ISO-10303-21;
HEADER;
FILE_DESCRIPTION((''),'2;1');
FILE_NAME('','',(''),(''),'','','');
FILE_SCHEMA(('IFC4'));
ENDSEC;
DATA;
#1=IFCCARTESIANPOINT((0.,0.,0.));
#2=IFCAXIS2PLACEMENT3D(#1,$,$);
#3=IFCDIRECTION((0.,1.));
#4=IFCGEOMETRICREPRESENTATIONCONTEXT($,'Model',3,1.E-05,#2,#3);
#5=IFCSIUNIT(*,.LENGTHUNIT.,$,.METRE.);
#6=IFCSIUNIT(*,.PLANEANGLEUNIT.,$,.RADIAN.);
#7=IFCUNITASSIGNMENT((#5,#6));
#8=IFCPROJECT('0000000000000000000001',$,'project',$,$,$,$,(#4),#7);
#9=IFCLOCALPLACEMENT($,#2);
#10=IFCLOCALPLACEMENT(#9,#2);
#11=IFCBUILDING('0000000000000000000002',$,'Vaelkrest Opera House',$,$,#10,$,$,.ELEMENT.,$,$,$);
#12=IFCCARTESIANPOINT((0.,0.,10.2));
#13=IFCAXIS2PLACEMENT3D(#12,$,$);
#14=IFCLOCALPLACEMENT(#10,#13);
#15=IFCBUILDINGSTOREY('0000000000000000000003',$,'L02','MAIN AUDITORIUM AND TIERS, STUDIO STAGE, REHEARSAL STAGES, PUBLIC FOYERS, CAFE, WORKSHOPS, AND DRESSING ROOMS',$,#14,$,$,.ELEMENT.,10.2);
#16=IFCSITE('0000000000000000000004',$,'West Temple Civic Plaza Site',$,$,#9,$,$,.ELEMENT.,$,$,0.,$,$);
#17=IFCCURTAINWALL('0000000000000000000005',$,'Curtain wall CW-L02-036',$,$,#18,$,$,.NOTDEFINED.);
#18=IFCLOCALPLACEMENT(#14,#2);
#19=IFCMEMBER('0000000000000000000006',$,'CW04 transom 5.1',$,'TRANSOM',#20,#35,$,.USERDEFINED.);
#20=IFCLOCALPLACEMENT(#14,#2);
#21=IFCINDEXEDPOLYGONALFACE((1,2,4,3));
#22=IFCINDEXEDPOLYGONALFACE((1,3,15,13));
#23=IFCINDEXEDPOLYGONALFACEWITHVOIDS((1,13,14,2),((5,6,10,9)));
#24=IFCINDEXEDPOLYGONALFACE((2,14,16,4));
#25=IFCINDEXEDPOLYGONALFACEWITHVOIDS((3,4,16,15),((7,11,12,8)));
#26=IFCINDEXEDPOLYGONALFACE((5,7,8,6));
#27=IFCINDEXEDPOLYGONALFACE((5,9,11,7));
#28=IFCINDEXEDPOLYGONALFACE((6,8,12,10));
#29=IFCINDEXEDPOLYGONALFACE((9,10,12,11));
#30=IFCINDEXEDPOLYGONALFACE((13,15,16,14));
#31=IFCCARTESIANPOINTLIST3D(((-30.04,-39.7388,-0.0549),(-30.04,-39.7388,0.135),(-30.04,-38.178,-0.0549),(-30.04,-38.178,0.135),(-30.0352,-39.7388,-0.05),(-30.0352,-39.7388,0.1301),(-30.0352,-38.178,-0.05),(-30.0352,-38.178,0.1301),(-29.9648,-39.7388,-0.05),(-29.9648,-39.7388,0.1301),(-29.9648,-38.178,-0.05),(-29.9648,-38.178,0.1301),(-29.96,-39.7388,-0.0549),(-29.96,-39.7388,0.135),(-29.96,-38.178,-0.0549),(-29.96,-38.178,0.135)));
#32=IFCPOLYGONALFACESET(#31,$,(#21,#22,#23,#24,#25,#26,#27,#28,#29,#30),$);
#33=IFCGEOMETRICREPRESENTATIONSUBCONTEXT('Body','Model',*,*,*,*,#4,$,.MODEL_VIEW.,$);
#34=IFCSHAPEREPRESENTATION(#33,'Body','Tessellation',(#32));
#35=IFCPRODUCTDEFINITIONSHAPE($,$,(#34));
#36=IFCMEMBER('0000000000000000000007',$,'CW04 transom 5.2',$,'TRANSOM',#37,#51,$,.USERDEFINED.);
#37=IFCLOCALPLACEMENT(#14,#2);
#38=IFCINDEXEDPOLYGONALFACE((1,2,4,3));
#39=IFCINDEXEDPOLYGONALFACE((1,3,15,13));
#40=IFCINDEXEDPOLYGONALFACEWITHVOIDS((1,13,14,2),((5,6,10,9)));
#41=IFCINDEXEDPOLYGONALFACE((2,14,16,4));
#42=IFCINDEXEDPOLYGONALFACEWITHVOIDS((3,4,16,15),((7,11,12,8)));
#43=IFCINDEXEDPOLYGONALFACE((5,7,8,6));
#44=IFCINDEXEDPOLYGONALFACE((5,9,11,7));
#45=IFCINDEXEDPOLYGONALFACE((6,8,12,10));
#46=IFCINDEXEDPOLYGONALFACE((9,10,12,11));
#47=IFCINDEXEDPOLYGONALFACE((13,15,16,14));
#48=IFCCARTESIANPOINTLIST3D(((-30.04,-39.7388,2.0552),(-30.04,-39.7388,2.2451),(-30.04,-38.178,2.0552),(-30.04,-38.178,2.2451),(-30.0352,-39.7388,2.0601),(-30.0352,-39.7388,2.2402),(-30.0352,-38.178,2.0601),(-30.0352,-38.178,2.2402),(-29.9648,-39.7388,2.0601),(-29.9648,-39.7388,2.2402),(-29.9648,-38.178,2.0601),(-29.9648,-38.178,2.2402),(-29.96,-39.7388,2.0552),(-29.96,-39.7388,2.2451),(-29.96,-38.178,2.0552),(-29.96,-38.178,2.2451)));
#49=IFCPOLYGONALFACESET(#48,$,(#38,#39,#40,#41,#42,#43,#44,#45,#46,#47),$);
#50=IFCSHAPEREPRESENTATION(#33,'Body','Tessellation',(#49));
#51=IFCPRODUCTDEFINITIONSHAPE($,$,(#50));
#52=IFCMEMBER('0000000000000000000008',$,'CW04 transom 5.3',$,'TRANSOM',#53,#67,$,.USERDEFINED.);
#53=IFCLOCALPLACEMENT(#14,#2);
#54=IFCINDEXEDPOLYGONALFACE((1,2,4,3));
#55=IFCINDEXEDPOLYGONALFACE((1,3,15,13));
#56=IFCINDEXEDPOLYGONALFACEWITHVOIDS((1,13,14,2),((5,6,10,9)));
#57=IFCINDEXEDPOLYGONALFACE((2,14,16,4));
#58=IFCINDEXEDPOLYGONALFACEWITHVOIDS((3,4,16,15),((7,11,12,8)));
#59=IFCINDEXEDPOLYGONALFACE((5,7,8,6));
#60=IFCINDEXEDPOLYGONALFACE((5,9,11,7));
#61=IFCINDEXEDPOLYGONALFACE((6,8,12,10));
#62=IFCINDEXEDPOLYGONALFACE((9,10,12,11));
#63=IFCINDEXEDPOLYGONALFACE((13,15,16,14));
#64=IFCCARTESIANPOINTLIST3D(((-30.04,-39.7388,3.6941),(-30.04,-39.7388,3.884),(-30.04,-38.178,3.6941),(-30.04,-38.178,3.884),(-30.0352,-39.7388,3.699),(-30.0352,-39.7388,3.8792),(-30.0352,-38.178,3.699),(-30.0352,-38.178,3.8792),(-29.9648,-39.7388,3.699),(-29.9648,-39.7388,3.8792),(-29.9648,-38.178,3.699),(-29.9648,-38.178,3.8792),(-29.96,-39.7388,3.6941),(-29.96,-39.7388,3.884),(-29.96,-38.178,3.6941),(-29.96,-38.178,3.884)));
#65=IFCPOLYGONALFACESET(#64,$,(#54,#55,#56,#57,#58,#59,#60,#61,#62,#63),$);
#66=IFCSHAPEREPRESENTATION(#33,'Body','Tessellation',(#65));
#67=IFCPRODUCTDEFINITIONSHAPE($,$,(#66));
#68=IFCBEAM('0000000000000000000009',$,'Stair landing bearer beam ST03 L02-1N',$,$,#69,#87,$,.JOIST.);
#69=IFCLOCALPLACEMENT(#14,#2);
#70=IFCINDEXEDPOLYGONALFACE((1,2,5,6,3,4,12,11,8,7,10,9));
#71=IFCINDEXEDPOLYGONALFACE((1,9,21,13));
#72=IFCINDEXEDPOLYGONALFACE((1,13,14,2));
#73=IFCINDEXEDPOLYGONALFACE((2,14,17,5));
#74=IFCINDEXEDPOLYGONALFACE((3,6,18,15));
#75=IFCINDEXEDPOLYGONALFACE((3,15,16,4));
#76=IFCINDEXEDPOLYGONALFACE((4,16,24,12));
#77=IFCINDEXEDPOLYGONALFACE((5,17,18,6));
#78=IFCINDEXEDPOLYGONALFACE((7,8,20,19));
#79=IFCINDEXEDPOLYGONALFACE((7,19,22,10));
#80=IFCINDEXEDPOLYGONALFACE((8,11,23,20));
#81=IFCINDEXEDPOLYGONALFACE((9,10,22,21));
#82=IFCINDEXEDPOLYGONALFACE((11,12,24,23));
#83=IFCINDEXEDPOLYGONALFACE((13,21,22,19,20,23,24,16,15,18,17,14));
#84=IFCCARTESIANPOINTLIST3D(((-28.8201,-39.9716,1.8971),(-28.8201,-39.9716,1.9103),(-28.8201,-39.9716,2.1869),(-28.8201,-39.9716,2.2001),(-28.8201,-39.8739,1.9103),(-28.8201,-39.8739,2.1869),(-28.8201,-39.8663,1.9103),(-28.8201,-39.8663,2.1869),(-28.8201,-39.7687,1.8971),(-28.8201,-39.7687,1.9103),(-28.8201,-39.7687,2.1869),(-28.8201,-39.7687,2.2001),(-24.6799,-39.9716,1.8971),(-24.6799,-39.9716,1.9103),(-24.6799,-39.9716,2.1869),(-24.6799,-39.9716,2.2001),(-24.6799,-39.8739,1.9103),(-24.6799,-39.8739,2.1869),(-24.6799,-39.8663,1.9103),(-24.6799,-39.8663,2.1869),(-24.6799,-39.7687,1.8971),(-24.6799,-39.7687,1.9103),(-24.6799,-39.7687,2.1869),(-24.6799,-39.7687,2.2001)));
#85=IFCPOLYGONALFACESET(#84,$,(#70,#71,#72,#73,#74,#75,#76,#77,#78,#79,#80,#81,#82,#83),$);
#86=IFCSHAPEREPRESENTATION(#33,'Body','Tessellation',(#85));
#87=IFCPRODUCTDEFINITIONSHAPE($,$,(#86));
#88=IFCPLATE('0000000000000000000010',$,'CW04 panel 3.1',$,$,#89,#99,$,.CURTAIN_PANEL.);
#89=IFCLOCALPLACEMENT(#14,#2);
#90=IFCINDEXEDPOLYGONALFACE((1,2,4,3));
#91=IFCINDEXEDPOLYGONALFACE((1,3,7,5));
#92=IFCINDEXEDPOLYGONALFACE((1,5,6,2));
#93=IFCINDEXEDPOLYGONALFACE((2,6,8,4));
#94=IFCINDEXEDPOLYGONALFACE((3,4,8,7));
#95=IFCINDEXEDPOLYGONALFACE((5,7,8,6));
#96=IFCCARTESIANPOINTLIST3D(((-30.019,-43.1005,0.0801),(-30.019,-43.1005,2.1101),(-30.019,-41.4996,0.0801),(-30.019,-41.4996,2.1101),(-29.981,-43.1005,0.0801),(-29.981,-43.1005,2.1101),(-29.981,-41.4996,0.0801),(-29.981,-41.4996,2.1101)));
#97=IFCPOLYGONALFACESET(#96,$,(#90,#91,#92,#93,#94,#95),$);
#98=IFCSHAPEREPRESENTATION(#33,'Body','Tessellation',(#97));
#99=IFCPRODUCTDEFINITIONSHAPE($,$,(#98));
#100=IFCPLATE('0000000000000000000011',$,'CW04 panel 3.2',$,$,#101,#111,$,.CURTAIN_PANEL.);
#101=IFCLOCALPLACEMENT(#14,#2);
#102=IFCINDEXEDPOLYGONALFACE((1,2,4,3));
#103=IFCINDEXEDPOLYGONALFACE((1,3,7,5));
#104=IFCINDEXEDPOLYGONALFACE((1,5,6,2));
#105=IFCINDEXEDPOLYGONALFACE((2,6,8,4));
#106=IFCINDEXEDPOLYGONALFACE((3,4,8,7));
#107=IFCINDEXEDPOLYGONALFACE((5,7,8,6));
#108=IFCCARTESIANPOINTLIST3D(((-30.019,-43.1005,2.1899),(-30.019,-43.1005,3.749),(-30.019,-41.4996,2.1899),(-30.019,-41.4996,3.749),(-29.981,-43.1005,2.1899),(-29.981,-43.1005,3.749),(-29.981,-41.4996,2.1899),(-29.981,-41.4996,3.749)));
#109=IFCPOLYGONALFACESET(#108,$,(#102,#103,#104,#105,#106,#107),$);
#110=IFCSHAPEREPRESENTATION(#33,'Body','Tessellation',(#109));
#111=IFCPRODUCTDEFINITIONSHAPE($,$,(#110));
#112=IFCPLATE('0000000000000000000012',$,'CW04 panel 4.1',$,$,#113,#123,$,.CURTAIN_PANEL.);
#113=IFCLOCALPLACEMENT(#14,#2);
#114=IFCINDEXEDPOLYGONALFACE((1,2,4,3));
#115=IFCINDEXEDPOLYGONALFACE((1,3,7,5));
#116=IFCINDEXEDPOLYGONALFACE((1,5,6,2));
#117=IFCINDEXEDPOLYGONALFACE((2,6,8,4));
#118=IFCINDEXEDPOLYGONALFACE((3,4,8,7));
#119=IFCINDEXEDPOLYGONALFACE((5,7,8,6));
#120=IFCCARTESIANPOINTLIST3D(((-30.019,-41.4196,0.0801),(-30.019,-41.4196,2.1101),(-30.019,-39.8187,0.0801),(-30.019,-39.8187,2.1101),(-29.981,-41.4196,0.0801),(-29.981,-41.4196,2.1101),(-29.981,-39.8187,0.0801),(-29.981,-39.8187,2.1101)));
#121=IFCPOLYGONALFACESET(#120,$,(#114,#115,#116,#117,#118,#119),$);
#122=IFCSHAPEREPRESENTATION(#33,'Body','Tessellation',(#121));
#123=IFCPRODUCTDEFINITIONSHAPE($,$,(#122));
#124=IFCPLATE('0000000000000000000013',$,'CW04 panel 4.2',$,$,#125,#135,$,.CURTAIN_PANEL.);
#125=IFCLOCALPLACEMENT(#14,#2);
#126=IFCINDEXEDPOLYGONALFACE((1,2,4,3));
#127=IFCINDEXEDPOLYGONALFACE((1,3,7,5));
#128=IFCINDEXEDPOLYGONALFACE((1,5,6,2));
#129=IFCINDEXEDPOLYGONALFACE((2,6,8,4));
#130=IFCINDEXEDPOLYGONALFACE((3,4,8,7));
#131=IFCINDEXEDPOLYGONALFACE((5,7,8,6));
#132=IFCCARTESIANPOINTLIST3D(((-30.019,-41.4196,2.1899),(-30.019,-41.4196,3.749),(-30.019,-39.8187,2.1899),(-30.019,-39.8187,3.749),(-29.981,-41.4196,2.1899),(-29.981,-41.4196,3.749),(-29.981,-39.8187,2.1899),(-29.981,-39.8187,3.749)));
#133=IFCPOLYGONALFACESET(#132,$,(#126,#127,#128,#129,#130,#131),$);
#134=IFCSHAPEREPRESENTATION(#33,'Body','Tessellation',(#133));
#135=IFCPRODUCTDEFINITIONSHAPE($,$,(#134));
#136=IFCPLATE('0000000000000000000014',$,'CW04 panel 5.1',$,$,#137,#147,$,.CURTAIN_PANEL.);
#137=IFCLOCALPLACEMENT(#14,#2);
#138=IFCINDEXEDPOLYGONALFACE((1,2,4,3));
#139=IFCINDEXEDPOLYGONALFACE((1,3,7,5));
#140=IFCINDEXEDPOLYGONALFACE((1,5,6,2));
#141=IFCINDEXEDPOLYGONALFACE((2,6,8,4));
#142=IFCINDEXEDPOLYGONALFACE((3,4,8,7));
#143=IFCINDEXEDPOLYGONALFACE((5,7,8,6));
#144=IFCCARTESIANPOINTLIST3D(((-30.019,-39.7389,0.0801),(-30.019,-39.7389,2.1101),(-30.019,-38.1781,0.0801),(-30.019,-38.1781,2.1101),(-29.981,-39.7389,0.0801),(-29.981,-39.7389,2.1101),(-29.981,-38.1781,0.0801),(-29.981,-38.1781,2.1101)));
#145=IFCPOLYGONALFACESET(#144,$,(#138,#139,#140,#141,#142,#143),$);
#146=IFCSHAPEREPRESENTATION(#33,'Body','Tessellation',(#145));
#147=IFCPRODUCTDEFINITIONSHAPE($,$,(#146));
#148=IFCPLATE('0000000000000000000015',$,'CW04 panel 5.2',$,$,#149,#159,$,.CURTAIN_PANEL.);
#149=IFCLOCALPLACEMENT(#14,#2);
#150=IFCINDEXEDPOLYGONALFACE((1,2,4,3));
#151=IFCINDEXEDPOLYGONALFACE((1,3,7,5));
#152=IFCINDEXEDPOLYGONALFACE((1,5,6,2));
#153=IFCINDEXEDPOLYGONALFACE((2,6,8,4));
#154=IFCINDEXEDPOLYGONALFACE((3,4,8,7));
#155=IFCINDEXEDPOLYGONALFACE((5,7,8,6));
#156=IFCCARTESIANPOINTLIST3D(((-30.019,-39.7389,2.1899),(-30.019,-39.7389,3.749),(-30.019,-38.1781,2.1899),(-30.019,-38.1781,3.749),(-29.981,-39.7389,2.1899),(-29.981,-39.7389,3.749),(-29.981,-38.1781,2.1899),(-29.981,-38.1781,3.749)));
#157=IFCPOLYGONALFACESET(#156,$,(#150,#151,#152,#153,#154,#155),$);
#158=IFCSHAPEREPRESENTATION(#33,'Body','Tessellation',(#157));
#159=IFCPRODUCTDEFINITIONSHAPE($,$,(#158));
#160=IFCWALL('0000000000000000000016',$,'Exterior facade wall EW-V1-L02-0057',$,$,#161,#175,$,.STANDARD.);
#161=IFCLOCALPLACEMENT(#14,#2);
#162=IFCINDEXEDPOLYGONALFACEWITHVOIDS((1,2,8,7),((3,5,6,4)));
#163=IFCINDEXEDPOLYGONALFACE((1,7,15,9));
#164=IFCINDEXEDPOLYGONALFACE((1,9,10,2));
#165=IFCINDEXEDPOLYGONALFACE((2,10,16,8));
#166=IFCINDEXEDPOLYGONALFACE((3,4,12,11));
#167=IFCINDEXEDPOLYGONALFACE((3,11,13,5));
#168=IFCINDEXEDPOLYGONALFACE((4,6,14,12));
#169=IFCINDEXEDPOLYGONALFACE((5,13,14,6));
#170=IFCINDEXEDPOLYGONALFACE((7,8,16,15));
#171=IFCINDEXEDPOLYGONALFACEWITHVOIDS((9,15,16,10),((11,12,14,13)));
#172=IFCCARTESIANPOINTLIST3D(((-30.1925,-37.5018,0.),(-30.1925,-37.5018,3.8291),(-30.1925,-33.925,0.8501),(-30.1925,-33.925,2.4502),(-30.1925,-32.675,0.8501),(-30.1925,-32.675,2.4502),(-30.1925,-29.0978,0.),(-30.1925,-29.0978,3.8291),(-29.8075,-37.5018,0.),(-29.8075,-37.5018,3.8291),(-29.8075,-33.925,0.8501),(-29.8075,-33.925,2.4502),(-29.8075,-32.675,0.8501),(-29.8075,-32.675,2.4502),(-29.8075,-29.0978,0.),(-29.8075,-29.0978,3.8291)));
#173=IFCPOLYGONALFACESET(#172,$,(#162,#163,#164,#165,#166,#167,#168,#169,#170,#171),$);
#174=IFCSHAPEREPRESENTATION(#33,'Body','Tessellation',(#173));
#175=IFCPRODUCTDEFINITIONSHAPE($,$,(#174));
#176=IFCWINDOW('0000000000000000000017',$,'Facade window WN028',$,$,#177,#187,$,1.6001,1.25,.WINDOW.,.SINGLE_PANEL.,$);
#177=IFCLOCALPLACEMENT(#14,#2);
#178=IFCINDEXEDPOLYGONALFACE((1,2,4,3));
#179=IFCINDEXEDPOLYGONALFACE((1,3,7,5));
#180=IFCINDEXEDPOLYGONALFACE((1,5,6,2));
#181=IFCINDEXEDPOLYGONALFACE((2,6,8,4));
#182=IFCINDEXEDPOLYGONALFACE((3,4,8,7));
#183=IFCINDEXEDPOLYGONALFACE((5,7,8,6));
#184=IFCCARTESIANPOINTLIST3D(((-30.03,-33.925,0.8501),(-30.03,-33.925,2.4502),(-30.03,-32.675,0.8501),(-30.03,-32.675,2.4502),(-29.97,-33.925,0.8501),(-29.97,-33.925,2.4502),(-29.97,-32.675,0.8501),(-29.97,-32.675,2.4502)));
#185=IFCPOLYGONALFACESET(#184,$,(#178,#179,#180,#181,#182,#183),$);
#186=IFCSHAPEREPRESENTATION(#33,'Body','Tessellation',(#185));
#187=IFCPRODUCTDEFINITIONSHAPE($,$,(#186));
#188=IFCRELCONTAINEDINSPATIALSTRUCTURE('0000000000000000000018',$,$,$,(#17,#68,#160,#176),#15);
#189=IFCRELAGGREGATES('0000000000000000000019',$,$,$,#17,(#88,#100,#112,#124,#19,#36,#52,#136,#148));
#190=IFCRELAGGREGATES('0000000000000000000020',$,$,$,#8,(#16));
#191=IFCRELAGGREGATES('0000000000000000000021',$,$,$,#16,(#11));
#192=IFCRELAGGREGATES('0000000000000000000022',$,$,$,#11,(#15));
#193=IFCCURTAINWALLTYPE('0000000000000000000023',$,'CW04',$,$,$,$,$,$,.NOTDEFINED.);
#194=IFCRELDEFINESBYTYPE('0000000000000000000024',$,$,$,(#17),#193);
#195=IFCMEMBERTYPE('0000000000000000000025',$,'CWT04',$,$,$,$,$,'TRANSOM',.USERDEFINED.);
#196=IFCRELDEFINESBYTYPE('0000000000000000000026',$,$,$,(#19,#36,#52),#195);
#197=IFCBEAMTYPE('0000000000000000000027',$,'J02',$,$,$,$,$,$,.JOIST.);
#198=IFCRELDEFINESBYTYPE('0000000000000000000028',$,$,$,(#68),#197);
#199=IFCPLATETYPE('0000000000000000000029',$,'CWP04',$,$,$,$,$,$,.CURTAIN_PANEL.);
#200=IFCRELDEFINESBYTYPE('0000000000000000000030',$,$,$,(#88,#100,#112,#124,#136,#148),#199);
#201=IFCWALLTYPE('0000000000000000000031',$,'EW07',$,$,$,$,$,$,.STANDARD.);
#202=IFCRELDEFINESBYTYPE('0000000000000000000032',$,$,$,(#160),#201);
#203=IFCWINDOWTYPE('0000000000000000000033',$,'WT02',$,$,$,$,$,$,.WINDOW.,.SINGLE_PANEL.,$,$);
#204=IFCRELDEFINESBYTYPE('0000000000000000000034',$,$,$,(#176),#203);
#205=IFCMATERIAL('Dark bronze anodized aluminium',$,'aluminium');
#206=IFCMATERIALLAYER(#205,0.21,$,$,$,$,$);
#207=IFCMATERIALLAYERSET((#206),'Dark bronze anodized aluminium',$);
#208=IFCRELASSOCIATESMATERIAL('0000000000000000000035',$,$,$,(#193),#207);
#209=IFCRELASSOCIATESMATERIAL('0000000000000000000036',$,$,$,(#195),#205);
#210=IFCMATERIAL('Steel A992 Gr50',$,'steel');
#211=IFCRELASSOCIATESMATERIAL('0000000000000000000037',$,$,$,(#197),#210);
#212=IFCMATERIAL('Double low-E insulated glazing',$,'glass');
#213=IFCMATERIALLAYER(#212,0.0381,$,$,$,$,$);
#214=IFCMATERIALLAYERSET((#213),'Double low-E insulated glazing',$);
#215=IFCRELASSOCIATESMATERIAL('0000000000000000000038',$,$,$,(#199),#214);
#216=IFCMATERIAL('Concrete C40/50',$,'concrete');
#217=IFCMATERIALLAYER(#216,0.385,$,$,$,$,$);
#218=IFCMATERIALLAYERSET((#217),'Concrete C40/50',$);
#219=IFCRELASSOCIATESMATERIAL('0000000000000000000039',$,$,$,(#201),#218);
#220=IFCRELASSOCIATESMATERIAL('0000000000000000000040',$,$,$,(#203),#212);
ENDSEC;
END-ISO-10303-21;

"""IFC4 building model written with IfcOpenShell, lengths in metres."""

from ifc_helpers import new_model, si_unit, direction, frame, frame_2d, origin, origin_2d, place, context, subcontext, project, spatial, rectangle, hollow_rectangle, i_section, extrude, material, layer, layer_set, material_profile, profile_set, type_object, element, fill, aggregate, save


model = new_model("IFC4")

# Units and contexts
model_context = context("Model", 3, precision=1e-05, world=origin(), true_north=direction((0.0, 1.0)))
body_context = subcontext(model_context, "Body", "Model", "MODEL_VIEW")
ifc_project = project(units=[si_unit("LENGTHUNIT", "METRE"), si_unit("PLANEANGLEUNIT", "RADIAN")], contexts=[model_context])

# Site, building, storey
site_placement = place(None, origin())
site = spatial("IfcSite", under=ifc_project, at=site_placement, Name="West Temple Civic Plaza Site", CompositionType="ELEMENT", RefElevation=0.0)
building_placement = place(site_placement, origin())
building = spatial("IfcBuilding", under=site, at=building_placement, Name="Vaelkrest Opera House", CompositionType="ELEMENT")
storey_placement = place(building_placement, frame((0.0, 0.0, 10.2)))
storey = spatial("IfcBuildingStorey", under=building, at=storey_placement, Name="L02", Description="MAIN AUDITORIUM AND TIERS, STUDIO STAGE, REHEARSAL STAGES, PUBLIC FOYERS, CAFE, WORKSHOPS, AND DRESSING ROOMS", CompositionType="ELEMENT", Elevation=10.2)

# Curtain wall, members
ifc_material_1 = material(Name="Dark bronze anodized aluminium", Category="aluminium")
ifc_layer_1 = layer(ifc_material_1, 0.21)
ifc_layer_set_1 = layer_set([ifc_layer_1], Name="Dark bronze anodized aluminium")
curtain_wall_type = type_object("IfcCurtainWallType", Name="CW04", PredefinedType="NOTDEFINED", material=ifc_layer_set_1)
curtain_wall_placement = place(storey_placement, origin())
curtain_wall = element("IfcCurtainWall", 1, at=curtain_wall_placement, inside=storey, type_object=curtain_wall_type, Name="Curtain wall CW-L02-036", PredefinedType="NOTDEFINED")
ifc_material_profile_1 = material_profile(ifc_material_1, hollow_rectangle(XDim=0.0801, YDim=0.1899, WallThickness=0.0049, at=origin_2d()), Name="CWT80X190")
ifc_profile_set_1 = profile_set([ifc_material_profile_1], Name="Dark bronze anodized aluminium")
member_type_1 = type_object("IfcMemberType", Name="CWT04", ElementType="TRANSOM", PredefinedType="USERDEFINED", material=ifc_profile_set_1)
member_1_placement = place(storey_placement, frame((-30.0, -39.7388, 0.04), z_axis=(0.0, 1.0, 0.0), x_axis=(-1.0, 0.0, 0.0)))
member_1 = element("IfcMember", 2, at=member_1_placement, type_object=member_type_1, Name="CW04 transom 5.1", ObjectType="TRANSOM", PredefinedType="USERDEFINED", context=body_context, shape_type="SweptSolid", body=[
    extrude(hollow_rectangle(XDim=0.0801, YDim=0.1899, WallThickness=0.0049, at=origin_2d()), origin(), (0.0, 0.0, 1.0), 1.5608),
])
member_2_placement = place(storey_placement, frame((-30.0, -39.7388, 2.1501), z_axis=(0.0, 1.0, 0.0), x_axis=(-1.0, 0.0, 0.0)))
member_2 = element("IfcMember", 3, at=member_2_placement, type_object=member_type_1, Name="CW04 transom 5.2", ObjectType="TRANSOM", PredefinedType="USERDEFINED", context=body_context, shape_type="SweptSolid", body=[
    extrude(hollow_rectangle(XDim=0.0801, YDim=0.1899, WallThickness=0.0049, at=origin_2d()), origin(), (0.0, 0.0, 1.0), 1.5608),
])
member_3_placement = place(storey_placement, frame((-30.0, -39.7388, 3.7891), z_axis=(0.0, 1.0, 0.0), x_axis=(-1.0, 0.0, 0.0)))
member_3 = element("IfcMember", 4, at=member_3_placement, type_object=member_type_1, Name="CW04 transom 5.3", ObjectType="TRANSOM", PredefinedType="USERDEFINED", context=body_context, shape_type="SweptSolid", body=[
    extrude(hollow_rectangle(XDim=0.0801, YDim=0.1899, WallThickness=0.0049, at=origin_2d()), origin(), (0.0, 0.0, 1.0), 1.5608),
])

# Beam
ifc_material_2 = material(Name="Steel A992 Gr50", Category="steel")
ifc_material_profile_2 = material_profile(ifc_material_2, i_section(OverallWidth=0.2029, OverallDepth=0.303, WebThickness=0.0076, FlangeThickness=0.0132, at=origin_2d()), Name="W12X40")
ifc_profile_set_2 = profile_set([ifc_material_profile_2], Name="Steel A992 Gr50")
beam_type = type_object("IfcBeamType", Name="J02", PredefinedType="JOIST", material=ifc_profile_set_2)
beam_placement = place(storey_placement, frame((-28.8201, -39.8701, 2.0486), z_axis=(1.0, 0.0, 0.0), x_axis=(0.0, 1.0, 0.0)))
element("IfcBeam", 5, at=beam_placement, inside=storey, type_object=beam_type, Name="Stair landing bearer beam ST03 L02-1N", PredefinedType="JOIST", context=body_context, shape_type="SweptSolid", body=[
    extrude(i_section(OverallWidth=0.2029, OverallDepth=0.303, WebThickness=0.0076, FlangeThickness=0.0132, at=origin_2d()), origin(), (0.0, 0.0, 1.0), 4.1401),
])

# Plates
ifc_material_3 = material(Name="Double low-E insulated glazing", Category="glass")
ifc_layer_2 = layer(ifc_material_3, 0.0381)
ifc_layer_set_2 = layer_set([ifc_layer_2], Name="Double low-E insulated glazing")
plate_type = type_object("IfcPlateType", Name="CWP04", PredefinedType="CURTAIN_PANEL", material=ifc_layer_set_2)
plate_1_placement = place(storey_placement, frame((-30.0, -42.3, 0.0801), z_axis=(0.0, 0.0, 1.0), x_axis=(0.0, 1.0, 0.0)))
plate_1 = element("IfcPlate", 6, at=plate_1_placement, type_object=plate_type, Name="CW04 panel 3.1", PredefinedType="CURTAIN_PANEL", context=body_context, shape_type="SweptSolid", body=[
    extrude(rectangle(XDim=1.6008, YDim=0.0381, at=origin_2d()), origin(), (0.0, 0.0, 1.0), 2.03),
])
plate_2_placement = place(storey_placement, frame((-30.0, -42.3, 2.1899), z_axis=(0.0, 0.0, 1.0), x_axis=(0.0, 1.0, 0.0)))
plate_2 = element("IfcPlate", 7, at=plate_2_placement, type_object=plate_type, Name="CW04 panel 3.2", PredefinedType="CURTAIN_PANEL", context=body_context, shape_type="SweptSolid", body=[
    extrude(rectangle(XDim=1.6008, YDim=0.0381, at=origin_2d()), origin(), (0.0, 0.0, 1.0), 1.5591),
])
plate_3_placement = place(storey_placement, frame((-30.0, -40.6191, 0.0801), z_axis=(0.0, 0.0, 1.0), x_axis=(0.0, 1.0, 0.0)))
plate_3 = element("IfcPlate", 8, at=plate_3_placement, type_object=plate_type, Name="CW04 panel 4.1", PredefinedType="CURTAIN_PANEL", context=body_context, shape_type="SweptSolid", body=[
    extrude(rectangle(XDim=1.6008, YDim=0.0381, at=origin_2d()), origin(), (0.0, 0.0, 1.0), 2.03),
])
plate_4_placement = place(storey_placement, frame((-30.0, -40.6191, 2.1899), z_axis=(0.0, 0.0, 1.0), x_axis=(0.0, 1.0, 0.0)))
plate_4 = element("IfcPlate", 9, at=plate_4_placement, type_object=plate_type, Name="CW04 panel 4.2", PredefinedType="CURTAIN_PANEL", context=body_context, shape_type="SweptSolid", body=[
    extrude(rectangle(XDim=1.6008, YDim=0.0381, at=origin_2d()), origin(), (0.0, 0.0, 1.0), 1.5591),
])
plate_5_placement = place(storey_placement, frame((-30.0, -38.9585, 0.0801), z_axis=(0.0, 0.0, 1.0), x_axis=(0.0, 1.0, 0.0)))
plate_5 = element("IfcPlate", 10, at=plate_5_placement, type_object=plate_type, Name="CW04 panel 5.1", PredefinedType="CURTAIN_PANEL", context=body_context, shape_type="SweptSolid", body=[
    extrude(rectangle(XDim=1.5608, YDim=0.0381, at=origin_2d()), origin(), (0.0, 0.0, 1.0), 2.03),
])
plate_6_placement = place(storey_placement, frame((-30.0, -38.9585, 2.1899), z_axis=(0.0, 0.0, 1.0), x_axis=(0.0, 1.0, 0.0)))
plate_6 = element("IfcPlate", 11, at=plate_6_placement, type_object=plate_type, Name="CW04 panel 5.2", PredefinedType="CURTAIN_PANEL", context=body_context, shape_type="SweptSolid", body=[
    extrude(rectangle(XDim=1.5608, YDim=0.0381, at=origin_2d()), origin(), (0.0, 0.0, 1.0), 1.5591),
])
aggregate(curtain_wall, [plate_1, plate_2, plate_3, plate_4, member_1, member_2, member_3, plate_5, plate_6])

# Wall, opening, window
ifc_material_4 = material(Name="Concrete C40/50", Category="concrete")
ifc_layer_3 = layer(ifc_material_4, 0.385)
ifc_layer_set_3 = layer_set([ifc_layer_3], Name="Concrete C40/50")
wall_type = type_object("IfcWallType", Name="EW07", PredefinedType="STANDARD", material=ifc_layer_set_3)
wall_placement = place(storey_placement, frame((-30.0, -37.502, 0.0), z_axis=(0.0, 0.0, 1.0), x_axis=(0.0, 1.0, 0.0)))
wall = element("IfcWall", 12, at=wall_placement, inside=storey, type_object=wall_type, Name="Exterior facade wall EW-V1-L02-0057", PredefinedType="STANDARD", context=body_context, shape_type="SweptSolid", body=[
    extrude(rectangle(XDim=8.4041, YDim=0.385, at=frame_2d((4.2021, 0.0))), origin(), (0.0, 0.0, 1.0), 3.8291),
])
opening_placement = place(wall_placement, frame((3.5769, 0.0, 0.8501)))
opening = element("IfcOpeningElement", 13, at=opening_placement, cuts=wall, PredefinedType="OPENING", context=body_context, shape_type="SweptSolid", body=[
    extrude(rectangle(XDim=1.25, YDim=1.6001, at=frame_2d((0.625, 0.8))), frame((0.0, 0.2024, 0.0), z_axis=(0.0, -1.0, 0.0), x_axis=(1.0, 0.0, 0.0)), (0.0, 0.0, 1.0), 0.405),
])
window_type = type_object("IfcWindowType", Name="WT02", PartitioningType="SINGLE_PANEL", PredefinedType="WINDOW", material=ifc_material_3)
window_placement = place(opening_placement, origin())
window = element("IfcWindow", 14, at=window_placement, inside=storey, type_object=window_type, Name="Facade window WN028", OverallHeight=1.6001, OverallWidth=1.25, PartitioningType="SINGLE_PANEL", PredefinedType="WINDOW", context=body_context, shape_type="SweptSolid", body=[
    extrude(rectangle(XDim=1.25, YDim=1.6001, at=frame_2d((0.625, 0.8))), frame((0.0, 0.03, 0.0), z_axis=(0.0, -1.0, 0.0), x_axis=(1.0, 0.0, 0.0)), (0.0, 0.0, 1.0), 0.0601),
])
fill(opening, window)

save(model, "model.ifc")
